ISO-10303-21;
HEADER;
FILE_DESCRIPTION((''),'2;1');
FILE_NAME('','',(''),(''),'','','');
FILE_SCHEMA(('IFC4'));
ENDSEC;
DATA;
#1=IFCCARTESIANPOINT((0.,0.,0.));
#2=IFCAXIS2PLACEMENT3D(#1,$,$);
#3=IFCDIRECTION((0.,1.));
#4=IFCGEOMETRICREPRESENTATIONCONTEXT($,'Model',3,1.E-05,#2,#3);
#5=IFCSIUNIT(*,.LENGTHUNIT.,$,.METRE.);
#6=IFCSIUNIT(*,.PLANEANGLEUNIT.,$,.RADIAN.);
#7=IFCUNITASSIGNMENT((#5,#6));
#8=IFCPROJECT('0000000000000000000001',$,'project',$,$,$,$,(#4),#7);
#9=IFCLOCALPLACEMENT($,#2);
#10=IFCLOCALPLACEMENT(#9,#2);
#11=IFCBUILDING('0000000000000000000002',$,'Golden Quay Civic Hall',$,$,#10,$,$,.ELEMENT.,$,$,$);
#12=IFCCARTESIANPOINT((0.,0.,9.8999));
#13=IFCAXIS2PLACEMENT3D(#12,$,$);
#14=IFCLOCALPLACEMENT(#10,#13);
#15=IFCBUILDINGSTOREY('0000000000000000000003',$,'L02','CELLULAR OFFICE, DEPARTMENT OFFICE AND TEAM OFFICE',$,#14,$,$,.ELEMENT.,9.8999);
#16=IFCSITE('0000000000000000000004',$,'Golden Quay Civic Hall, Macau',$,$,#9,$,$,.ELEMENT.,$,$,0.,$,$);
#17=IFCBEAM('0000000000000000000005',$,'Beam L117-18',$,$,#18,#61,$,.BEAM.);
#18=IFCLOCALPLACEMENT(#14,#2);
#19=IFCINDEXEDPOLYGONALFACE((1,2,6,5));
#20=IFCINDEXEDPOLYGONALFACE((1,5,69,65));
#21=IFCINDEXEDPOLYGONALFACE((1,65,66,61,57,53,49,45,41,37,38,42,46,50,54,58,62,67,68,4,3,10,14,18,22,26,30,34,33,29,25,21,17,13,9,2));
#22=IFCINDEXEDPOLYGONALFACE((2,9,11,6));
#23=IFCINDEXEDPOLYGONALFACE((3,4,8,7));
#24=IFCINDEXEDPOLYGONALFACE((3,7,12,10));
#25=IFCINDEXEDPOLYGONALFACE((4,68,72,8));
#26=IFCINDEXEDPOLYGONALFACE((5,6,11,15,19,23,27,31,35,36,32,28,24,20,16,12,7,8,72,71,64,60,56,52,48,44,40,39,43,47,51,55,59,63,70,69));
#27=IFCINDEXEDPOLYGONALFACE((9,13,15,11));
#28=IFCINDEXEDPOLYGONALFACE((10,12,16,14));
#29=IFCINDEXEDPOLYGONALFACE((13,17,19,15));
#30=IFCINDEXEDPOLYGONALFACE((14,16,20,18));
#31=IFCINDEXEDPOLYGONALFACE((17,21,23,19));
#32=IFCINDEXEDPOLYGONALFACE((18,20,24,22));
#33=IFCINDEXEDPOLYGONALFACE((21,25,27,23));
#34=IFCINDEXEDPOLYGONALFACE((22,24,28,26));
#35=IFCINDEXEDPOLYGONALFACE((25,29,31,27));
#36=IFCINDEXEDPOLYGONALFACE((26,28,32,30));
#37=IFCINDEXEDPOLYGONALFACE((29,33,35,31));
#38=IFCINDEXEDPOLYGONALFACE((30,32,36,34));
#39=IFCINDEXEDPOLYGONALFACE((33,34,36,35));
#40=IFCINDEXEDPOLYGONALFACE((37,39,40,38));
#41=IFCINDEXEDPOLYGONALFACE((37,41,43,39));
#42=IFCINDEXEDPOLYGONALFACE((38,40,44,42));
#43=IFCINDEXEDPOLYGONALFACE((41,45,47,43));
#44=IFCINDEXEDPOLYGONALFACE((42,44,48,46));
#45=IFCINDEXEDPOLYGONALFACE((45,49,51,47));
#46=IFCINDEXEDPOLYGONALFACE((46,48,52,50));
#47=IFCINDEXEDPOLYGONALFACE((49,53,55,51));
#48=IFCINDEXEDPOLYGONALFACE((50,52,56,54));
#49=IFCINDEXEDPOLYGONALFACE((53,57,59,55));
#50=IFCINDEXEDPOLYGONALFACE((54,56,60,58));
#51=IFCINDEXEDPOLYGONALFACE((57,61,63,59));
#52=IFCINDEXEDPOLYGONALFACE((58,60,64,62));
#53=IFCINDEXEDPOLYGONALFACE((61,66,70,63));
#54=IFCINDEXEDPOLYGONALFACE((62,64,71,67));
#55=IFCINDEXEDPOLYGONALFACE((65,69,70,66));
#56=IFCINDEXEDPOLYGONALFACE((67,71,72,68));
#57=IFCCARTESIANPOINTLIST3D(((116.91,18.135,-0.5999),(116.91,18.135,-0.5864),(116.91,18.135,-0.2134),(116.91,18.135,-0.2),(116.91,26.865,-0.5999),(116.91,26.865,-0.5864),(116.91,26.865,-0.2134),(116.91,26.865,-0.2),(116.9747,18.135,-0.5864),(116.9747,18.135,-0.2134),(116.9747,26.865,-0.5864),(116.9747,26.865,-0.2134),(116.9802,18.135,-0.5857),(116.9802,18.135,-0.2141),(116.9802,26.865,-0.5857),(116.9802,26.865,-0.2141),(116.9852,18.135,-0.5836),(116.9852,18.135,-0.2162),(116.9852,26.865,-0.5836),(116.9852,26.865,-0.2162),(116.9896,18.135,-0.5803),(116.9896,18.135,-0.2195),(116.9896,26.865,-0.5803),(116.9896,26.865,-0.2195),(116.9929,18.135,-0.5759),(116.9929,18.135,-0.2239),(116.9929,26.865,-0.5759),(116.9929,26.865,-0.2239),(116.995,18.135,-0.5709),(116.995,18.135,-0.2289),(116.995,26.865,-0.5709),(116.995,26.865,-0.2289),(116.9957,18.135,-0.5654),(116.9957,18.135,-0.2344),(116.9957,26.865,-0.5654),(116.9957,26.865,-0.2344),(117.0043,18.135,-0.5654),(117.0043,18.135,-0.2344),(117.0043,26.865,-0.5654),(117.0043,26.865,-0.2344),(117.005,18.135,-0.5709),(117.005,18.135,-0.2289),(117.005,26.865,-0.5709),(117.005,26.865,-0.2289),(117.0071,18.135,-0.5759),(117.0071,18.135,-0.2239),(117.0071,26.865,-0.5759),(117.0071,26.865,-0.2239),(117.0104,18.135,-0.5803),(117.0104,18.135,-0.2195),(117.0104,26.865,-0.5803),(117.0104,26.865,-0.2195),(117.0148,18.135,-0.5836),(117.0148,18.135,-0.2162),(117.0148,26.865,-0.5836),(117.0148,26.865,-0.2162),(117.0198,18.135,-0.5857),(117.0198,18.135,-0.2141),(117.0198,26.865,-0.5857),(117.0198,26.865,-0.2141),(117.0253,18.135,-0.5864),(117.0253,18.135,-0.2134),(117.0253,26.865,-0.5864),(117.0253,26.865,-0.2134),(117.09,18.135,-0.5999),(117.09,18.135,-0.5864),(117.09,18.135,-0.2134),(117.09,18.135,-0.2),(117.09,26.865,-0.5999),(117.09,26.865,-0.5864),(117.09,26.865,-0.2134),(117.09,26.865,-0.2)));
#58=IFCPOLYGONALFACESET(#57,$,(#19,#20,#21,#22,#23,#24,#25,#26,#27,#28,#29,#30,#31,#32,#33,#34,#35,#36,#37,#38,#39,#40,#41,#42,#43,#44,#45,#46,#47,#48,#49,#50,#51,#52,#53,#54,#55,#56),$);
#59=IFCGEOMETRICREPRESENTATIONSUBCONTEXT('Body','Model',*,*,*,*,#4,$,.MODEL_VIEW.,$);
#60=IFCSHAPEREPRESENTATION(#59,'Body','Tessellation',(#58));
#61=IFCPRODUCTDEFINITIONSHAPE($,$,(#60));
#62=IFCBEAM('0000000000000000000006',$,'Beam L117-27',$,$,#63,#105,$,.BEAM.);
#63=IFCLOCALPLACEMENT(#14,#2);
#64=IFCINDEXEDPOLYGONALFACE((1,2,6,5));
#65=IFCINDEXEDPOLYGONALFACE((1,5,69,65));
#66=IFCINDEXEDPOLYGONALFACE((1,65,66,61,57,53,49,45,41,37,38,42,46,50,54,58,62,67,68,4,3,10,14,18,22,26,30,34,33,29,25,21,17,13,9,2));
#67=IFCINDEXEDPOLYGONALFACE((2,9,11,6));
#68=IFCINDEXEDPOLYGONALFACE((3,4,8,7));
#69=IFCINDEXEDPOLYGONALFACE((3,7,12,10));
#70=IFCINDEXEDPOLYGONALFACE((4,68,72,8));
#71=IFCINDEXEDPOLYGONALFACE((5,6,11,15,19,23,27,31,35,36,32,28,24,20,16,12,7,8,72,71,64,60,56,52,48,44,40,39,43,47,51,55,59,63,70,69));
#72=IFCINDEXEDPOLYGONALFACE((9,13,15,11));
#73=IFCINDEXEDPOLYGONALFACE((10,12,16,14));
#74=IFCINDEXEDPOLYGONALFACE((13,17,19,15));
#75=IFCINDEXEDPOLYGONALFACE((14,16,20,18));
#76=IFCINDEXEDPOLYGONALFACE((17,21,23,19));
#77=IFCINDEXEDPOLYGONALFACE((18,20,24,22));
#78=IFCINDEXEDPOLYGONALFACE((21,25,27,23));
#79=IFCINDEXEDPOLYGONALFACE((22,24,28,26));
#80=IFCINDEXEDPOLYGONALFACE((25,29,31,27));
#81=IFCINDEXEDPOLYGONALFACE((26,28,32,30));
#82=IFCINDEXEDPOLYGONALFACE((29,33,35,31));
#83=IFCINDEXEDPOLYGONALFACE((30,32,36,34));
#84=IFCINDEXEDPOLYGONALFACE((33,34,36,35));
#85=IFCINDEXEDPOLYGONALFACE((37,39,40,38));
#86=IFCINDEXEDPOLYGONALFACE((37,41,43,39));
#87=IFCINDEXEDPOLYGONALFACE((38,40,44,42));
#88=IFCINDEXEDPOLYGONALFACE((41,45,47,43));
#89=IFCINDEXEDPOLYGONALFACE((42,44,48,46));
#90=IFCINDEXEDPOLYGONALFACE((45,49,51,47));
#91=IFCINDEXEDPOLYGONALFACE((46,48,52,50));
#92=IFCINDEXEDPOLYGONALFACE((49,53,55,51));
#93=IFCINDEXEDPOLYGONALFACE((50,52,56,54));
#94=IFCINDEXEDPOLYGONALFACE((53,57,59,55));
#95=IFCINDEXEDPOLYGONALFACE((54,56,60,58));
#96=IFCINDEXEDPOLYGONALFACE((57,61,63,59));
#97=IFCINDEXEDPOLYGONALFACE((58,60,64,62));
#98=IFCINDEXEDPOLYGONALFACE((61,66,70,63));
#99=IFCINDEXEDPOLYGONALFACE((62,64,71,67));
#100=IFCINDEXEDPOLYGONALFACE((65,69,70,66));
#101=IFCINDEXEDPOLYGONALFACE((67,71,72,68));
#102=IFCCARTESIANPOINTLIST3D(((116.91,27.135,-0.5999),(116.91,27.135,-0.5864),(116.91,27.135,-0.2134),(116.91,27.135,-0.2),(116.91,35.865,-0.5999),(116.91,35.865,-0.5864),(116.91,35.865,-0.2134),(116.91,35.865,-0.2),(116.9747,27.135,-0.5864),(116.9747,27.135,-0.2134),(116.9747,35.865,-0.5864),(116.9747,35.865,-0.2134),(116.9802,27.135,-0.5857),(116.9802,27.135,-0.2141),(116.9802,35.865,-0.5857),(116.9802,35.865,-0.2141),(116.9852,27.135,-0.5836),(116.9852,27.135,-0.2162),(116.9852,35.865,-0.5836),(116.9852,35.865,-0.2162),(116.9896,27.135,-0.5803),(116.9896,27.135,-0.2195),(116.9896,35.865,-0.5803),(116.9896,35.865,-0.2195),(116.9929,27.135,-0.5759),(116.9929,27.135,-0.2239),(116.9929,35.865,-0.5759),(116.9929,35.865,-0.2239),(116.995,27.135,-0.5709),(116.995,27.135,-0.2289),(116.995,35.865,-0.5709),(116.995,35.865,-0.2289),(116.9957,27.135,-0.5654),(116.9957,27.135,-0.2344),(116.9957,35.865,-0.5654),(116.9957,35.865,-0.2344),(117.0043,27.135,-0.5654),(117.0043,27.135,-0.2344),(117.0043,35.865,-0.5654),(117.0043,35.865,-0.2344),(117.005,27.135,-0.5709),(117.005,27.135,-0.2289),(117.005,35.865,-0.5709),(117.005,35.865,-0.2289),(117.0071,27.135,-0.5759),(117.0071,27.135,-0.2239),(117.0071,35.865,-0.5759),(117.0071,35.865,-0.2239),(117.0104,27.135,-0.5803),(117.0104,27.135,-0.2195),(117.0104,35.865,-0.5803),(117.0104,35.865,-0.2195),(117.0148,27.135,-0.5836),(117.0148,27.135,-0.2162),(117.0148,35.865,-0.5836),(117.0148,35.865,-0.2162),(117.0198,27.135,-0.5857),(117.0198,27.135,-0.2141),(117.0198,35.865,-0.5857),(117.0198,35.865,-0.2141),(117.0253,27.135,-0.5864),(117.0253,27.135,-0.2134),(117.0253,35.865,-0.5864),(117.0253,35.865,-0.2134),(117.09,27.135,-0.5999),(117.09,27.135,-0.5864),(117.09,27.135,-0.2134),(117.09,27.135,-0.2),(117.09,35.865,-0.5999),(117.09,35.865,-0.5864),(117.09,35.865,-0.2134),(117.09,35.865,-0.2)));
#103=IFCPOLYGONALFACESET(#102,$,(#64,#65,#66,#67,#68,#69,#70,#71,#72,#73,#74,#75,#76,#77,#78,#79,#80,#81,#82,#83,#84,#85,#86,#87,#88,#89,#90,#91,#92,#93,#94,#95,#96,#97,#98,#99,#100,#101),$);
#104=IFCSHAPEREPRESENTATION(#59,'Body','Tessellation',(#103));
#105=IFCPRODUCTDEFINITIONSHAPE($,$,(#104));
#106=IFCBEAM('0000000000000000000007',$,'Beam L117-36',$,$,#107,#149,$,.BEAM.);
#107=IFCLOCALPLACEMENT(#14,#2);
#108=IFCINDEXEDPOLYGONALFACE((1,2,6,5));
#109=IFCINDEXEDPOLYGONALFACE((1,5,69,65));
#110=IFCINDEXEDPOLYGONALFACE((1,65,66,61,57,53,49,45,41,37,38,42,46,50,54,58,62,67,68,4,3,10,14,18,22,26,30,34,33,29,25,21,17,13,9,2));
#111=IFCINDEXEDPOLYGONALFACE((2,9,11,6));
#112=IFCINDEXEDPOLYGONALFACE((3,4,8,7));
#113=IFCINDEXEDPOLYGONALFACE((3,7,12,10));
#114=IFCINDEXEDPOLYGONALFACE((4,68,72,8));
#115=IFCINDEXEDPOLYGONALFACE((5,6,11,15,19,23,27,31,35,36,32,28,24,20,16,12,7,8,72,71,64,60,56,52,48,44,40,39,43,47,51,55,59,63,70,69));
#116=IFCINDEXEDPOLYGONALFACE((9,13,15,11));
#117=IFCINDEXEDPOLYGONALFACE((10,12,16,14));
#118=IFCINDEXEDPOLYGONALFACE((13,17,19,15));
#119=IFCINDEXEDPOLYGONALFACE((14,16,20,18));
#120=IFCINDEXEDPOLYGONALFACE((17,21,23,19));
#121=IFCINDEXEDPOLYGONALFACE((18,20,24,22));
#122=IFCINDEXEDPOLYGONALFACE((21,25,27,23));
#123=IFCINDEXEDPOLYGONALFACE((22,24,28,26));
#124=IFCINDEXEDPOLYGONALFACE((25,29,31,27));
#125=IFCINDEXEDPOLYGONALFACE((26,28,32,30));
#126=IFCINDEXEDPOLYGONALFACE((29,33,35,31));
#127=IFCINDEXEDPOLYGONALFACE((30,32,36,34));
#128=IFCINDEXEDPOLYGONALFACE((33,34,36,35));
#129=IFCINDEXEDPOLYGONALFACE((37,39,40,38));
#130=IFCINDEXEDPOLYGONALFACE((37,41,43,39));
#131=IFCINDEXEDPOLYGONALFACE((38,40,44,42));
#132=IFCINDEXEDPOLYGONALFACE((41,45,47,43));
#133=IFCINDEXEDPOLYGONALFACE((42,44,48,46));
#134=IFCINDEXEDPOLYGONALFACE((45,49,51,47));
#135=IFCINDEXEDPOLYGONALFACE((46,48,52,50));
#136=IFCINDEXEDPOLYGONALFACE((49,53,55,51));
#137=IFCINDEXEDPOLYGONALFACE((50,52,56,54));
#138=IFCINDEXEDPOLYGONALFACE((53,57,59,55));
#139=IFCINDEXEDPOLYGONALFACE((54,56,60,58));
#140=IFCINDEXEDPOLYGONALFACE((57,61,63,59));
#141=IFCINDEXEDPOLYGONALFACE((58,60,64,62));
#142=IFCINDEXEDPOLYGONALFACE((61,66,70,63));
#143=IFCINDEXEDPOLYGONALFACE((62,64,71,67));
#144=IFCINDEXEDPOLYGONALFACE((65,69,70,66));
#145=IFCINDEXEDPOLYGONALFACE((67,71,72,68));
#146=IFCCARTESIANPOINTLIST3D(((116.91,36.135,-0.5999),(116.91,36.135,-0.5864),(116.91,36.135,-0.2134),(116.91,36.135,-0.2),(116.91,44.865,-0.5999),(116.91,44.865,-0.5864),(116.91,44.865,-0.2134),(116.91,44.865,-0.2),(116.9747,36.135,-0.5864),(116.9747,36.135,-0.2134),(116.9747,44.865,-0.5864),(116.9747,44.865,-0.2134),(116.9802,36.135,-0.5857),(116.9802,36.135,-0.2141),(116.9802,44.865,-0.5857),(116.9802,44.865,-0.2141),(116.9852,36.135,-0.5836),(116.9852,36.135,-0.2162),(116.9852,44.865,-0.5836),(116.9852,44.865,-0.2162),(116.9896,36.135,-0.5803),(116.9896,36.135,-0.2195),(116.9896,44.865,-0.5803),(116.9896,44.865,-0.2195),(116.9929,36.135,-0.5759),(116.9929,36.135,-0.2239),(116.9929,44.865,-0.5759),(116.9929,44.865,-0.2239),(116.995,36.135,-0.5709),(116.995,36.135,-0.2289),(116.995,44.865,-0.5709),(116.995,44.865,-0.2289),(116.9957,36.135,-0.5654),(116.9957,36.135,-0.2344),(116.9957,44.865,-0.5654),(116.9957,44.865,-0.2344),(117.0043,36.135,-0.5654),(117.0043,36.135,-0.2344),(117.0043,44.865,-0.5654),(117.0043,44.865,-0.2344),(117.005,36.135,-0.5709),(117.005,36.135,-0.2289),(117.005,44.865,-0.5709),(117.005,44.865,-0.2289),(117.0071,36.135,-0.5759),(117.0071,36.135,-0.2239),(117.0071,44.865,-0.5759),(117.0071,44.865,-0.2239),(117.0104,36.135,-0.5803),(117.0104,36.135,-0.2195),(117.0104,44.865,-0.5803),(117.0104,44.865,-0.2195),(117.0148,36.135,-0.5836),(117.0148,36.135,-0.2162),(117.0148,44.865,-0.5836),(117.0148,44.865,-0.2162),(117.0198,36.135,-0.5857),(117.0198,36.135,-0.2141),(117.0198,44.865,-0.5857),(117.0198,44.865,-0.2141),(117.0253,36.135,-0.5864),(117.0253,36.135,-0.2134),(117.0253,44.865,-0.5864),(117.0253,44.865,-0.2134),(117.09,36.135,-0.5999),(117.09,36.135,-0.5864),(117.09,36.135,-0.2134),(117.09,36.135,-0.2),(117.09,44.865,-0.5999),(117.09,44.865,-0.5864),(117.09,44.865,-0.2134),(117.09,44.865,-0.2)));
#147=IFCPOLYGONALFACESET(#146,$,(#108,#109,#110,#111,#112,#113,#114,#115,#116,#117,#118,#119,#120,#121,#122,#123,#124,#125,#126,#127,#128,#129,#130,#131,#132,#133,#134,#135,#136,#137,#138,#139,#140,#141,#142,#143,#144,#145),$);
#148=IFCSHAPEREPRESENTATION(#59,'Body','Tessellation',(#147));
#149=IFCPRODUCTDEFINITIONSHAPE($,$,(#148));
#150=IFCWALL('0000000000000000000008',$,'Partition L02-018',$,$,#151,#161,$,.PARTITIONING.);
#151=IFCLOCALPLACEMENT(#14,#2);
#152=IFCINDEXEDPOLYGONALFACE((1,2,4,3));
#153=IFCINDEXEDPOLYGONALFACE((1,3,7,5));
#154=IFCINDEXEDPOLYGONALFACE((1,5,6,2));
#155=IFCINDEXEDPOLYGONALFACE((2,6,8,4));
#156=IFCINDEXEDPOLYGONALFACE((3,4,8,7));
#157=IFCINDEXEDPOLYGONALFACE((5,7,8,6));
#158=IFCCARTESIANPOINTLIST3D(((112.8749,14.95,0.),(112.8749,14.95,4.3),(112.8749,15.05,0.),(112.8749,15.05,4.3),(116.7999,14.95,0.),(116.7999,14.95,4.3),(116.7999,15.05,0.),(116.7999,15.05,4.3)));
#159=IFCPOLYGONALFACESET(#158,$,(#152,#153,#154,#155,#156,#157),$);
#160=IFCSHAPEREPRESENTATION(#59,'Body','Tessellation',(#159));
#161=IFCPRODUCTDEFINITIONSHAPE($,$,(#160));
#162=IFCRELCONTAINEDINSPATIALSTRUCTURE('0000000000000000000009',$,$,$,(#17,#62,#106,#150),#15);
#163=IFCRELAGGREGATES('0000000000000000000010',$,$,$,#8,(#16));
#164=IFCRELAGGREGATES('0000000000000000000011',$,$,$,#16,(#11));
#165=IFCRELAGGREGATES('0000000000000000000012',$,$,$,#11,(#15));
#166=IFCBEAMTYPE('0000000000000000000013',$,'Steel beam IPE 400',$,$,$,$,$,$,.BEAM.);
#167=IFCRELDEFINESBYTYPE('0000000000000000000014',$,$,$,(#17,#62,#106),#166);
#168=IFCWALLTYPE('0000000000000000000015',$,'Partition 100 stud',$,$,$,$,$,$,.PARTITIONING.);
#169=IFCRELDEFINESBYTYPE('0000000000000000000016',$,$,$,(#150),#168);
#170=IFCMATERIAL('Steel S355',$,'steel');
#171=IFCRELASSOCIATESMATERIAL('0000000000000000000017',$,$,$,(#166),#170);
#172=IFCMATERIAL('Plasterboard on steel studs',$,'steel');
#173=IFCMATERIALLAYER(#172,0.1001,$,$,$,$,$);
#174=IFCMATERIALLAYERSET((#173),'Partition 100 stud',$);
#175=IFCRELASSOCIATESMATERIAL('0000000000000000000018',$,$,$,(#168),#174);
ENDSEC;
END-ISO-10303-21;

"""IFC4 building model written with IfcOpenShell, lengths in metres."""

from ifc_helpers import new_model, si_unit, direction, frame, frame_2d, origin, origin_2d, place, context, subcontext, project, spatial, rectangle, i_section, extrude, material, layer, layer_set, material_profile, profile_set, type_object, element, save


model = new_model("IFC4")

# Units and contexts
model_context = context("Model", 3, precision=1e-05, world=origin(), true_north=direction((0.0, 1.0)))
body_context = subcontext(model_context, "Body", "Model", "MODEL_VIEW")
ifc_project = project(units=[si_unit("LENGTHUNIT", "METRE"), si_unit("PLANEANGLEUNIT", "RADIAN")], contexts=[model_context])

# Site, building, storey
site_placement = place(None, origin())
site = spatial("IfcSite", under=ifc_project, at=site_placement, Name="Golden Quay Civic Hall, Macau", CompositionType="ELEMENT", RefElevation=0.0)
building_placement = place(site_placement, origin())
building = spatial("IfcBuilding", under=site, at=building_placement, Name="Golden Quay Civic Hall", CompositionType="ELEMENT")
storey_placement = place(building_placement, frame((0.0, 0.0, 9.8999)))
storey = spatial("IfcBuildingStorey", under=building, at=storey_placement, Name="L02", Description="CELLULAR OFFICE, DEPARTMENT OFFICE AND TEAM OFFICE", CompositionType="ELEMENT", Elevation=9.8999)

# Beams
ifc_material_1 = material(Name="Steel S355", Category="steel")
ifc_material_profile_1 = material_profile(ifc_material_1, i_section(OverallWidth=0.1799, OverallDepth=0.3999, WebThickness=0.0085, FlangeThickness=0.0134, FilletRadius=0.021, at=origin_2d()), Name="IPE 400")
ifc_profile_set_1 = profile_set([ifc_material_profile_1], Name="Steel S355")
beam_type_1 = type_object("IfcBeamType", Name="Steel beam IPE 400", PredefinedType="BEAM", material=ifc_profile_set_1)
for number, where, z_axis, x_axis, name in (
    (1, (117.0, 18.135, -0.3999), (0.0, 1.0, 0.0), (-1.0, 0.0, 0.0), "Beam L117-18"),
    (2, (117.0, 27.135, -0.3999), (0.0, 1.0, 0.0), (-1.0, 0.0, 0.0), "Beam L117-27"),
    (3, (117.0, 36.135, -0.3999), (0.0, 1.0, 0.0), (-1.0, 0.0, 0.0), "Beam L117-36"),
):
    element("IfcBeam", number, at=place(storey_placement, frame(where, z_axis=z_axis, x_axis=x_axis)), inside=storey, type_object=beam_type_1, Name=name, PredefinedType="BEAM", context=body_context, shape_type="SweptSolid", body=[
        extrude(i_section(OverallWidth=0.1799, OverallDepth=0.3999, WebThickness=0.0085, FlangeThickness=0.0134, FilletRadius=0.021, at=origin_2d()), origin(), (0.0, 0.0, 1.0), 8.73),
    ])

# Wall
ifc_material_2 = material(Name="Plasterboard on steel studs", Category="steel")
ifc_layer_1 = layer(ifc_material_2, 0.1001)
ifc_layer_set_1 = layer_set([ifc_layer_1], Name="Partition 100 stud")
wall_type_1 = type_object("IfcWallType", Name="Partition 100 stud", PredefinedType="PARTITIONING", material=ifc_layer_set_1)
wall_1_placement = place(storey_placement, frame((112.875, 15.0, 0.0), z_axis=(0.0, 0.0, 1.0), x_axis=(1.0, 0.0, 0.0)))
element("IfcWall", 4, at=wall_1_placement, inside=storey, type_object=wall_type_1, Name="Partition L02-018", PredefinedType="PARTITIONING", context=body_context, shape_type="SweptSolid", body=[
    extrude(rectangle(XDim=3.925, YDim=0.1001, at=frame_2d((1.9624, 0.0))), origin(), (0.0, 0.0, 1.0), 4.3),
])

save(model, "model.ifc")
